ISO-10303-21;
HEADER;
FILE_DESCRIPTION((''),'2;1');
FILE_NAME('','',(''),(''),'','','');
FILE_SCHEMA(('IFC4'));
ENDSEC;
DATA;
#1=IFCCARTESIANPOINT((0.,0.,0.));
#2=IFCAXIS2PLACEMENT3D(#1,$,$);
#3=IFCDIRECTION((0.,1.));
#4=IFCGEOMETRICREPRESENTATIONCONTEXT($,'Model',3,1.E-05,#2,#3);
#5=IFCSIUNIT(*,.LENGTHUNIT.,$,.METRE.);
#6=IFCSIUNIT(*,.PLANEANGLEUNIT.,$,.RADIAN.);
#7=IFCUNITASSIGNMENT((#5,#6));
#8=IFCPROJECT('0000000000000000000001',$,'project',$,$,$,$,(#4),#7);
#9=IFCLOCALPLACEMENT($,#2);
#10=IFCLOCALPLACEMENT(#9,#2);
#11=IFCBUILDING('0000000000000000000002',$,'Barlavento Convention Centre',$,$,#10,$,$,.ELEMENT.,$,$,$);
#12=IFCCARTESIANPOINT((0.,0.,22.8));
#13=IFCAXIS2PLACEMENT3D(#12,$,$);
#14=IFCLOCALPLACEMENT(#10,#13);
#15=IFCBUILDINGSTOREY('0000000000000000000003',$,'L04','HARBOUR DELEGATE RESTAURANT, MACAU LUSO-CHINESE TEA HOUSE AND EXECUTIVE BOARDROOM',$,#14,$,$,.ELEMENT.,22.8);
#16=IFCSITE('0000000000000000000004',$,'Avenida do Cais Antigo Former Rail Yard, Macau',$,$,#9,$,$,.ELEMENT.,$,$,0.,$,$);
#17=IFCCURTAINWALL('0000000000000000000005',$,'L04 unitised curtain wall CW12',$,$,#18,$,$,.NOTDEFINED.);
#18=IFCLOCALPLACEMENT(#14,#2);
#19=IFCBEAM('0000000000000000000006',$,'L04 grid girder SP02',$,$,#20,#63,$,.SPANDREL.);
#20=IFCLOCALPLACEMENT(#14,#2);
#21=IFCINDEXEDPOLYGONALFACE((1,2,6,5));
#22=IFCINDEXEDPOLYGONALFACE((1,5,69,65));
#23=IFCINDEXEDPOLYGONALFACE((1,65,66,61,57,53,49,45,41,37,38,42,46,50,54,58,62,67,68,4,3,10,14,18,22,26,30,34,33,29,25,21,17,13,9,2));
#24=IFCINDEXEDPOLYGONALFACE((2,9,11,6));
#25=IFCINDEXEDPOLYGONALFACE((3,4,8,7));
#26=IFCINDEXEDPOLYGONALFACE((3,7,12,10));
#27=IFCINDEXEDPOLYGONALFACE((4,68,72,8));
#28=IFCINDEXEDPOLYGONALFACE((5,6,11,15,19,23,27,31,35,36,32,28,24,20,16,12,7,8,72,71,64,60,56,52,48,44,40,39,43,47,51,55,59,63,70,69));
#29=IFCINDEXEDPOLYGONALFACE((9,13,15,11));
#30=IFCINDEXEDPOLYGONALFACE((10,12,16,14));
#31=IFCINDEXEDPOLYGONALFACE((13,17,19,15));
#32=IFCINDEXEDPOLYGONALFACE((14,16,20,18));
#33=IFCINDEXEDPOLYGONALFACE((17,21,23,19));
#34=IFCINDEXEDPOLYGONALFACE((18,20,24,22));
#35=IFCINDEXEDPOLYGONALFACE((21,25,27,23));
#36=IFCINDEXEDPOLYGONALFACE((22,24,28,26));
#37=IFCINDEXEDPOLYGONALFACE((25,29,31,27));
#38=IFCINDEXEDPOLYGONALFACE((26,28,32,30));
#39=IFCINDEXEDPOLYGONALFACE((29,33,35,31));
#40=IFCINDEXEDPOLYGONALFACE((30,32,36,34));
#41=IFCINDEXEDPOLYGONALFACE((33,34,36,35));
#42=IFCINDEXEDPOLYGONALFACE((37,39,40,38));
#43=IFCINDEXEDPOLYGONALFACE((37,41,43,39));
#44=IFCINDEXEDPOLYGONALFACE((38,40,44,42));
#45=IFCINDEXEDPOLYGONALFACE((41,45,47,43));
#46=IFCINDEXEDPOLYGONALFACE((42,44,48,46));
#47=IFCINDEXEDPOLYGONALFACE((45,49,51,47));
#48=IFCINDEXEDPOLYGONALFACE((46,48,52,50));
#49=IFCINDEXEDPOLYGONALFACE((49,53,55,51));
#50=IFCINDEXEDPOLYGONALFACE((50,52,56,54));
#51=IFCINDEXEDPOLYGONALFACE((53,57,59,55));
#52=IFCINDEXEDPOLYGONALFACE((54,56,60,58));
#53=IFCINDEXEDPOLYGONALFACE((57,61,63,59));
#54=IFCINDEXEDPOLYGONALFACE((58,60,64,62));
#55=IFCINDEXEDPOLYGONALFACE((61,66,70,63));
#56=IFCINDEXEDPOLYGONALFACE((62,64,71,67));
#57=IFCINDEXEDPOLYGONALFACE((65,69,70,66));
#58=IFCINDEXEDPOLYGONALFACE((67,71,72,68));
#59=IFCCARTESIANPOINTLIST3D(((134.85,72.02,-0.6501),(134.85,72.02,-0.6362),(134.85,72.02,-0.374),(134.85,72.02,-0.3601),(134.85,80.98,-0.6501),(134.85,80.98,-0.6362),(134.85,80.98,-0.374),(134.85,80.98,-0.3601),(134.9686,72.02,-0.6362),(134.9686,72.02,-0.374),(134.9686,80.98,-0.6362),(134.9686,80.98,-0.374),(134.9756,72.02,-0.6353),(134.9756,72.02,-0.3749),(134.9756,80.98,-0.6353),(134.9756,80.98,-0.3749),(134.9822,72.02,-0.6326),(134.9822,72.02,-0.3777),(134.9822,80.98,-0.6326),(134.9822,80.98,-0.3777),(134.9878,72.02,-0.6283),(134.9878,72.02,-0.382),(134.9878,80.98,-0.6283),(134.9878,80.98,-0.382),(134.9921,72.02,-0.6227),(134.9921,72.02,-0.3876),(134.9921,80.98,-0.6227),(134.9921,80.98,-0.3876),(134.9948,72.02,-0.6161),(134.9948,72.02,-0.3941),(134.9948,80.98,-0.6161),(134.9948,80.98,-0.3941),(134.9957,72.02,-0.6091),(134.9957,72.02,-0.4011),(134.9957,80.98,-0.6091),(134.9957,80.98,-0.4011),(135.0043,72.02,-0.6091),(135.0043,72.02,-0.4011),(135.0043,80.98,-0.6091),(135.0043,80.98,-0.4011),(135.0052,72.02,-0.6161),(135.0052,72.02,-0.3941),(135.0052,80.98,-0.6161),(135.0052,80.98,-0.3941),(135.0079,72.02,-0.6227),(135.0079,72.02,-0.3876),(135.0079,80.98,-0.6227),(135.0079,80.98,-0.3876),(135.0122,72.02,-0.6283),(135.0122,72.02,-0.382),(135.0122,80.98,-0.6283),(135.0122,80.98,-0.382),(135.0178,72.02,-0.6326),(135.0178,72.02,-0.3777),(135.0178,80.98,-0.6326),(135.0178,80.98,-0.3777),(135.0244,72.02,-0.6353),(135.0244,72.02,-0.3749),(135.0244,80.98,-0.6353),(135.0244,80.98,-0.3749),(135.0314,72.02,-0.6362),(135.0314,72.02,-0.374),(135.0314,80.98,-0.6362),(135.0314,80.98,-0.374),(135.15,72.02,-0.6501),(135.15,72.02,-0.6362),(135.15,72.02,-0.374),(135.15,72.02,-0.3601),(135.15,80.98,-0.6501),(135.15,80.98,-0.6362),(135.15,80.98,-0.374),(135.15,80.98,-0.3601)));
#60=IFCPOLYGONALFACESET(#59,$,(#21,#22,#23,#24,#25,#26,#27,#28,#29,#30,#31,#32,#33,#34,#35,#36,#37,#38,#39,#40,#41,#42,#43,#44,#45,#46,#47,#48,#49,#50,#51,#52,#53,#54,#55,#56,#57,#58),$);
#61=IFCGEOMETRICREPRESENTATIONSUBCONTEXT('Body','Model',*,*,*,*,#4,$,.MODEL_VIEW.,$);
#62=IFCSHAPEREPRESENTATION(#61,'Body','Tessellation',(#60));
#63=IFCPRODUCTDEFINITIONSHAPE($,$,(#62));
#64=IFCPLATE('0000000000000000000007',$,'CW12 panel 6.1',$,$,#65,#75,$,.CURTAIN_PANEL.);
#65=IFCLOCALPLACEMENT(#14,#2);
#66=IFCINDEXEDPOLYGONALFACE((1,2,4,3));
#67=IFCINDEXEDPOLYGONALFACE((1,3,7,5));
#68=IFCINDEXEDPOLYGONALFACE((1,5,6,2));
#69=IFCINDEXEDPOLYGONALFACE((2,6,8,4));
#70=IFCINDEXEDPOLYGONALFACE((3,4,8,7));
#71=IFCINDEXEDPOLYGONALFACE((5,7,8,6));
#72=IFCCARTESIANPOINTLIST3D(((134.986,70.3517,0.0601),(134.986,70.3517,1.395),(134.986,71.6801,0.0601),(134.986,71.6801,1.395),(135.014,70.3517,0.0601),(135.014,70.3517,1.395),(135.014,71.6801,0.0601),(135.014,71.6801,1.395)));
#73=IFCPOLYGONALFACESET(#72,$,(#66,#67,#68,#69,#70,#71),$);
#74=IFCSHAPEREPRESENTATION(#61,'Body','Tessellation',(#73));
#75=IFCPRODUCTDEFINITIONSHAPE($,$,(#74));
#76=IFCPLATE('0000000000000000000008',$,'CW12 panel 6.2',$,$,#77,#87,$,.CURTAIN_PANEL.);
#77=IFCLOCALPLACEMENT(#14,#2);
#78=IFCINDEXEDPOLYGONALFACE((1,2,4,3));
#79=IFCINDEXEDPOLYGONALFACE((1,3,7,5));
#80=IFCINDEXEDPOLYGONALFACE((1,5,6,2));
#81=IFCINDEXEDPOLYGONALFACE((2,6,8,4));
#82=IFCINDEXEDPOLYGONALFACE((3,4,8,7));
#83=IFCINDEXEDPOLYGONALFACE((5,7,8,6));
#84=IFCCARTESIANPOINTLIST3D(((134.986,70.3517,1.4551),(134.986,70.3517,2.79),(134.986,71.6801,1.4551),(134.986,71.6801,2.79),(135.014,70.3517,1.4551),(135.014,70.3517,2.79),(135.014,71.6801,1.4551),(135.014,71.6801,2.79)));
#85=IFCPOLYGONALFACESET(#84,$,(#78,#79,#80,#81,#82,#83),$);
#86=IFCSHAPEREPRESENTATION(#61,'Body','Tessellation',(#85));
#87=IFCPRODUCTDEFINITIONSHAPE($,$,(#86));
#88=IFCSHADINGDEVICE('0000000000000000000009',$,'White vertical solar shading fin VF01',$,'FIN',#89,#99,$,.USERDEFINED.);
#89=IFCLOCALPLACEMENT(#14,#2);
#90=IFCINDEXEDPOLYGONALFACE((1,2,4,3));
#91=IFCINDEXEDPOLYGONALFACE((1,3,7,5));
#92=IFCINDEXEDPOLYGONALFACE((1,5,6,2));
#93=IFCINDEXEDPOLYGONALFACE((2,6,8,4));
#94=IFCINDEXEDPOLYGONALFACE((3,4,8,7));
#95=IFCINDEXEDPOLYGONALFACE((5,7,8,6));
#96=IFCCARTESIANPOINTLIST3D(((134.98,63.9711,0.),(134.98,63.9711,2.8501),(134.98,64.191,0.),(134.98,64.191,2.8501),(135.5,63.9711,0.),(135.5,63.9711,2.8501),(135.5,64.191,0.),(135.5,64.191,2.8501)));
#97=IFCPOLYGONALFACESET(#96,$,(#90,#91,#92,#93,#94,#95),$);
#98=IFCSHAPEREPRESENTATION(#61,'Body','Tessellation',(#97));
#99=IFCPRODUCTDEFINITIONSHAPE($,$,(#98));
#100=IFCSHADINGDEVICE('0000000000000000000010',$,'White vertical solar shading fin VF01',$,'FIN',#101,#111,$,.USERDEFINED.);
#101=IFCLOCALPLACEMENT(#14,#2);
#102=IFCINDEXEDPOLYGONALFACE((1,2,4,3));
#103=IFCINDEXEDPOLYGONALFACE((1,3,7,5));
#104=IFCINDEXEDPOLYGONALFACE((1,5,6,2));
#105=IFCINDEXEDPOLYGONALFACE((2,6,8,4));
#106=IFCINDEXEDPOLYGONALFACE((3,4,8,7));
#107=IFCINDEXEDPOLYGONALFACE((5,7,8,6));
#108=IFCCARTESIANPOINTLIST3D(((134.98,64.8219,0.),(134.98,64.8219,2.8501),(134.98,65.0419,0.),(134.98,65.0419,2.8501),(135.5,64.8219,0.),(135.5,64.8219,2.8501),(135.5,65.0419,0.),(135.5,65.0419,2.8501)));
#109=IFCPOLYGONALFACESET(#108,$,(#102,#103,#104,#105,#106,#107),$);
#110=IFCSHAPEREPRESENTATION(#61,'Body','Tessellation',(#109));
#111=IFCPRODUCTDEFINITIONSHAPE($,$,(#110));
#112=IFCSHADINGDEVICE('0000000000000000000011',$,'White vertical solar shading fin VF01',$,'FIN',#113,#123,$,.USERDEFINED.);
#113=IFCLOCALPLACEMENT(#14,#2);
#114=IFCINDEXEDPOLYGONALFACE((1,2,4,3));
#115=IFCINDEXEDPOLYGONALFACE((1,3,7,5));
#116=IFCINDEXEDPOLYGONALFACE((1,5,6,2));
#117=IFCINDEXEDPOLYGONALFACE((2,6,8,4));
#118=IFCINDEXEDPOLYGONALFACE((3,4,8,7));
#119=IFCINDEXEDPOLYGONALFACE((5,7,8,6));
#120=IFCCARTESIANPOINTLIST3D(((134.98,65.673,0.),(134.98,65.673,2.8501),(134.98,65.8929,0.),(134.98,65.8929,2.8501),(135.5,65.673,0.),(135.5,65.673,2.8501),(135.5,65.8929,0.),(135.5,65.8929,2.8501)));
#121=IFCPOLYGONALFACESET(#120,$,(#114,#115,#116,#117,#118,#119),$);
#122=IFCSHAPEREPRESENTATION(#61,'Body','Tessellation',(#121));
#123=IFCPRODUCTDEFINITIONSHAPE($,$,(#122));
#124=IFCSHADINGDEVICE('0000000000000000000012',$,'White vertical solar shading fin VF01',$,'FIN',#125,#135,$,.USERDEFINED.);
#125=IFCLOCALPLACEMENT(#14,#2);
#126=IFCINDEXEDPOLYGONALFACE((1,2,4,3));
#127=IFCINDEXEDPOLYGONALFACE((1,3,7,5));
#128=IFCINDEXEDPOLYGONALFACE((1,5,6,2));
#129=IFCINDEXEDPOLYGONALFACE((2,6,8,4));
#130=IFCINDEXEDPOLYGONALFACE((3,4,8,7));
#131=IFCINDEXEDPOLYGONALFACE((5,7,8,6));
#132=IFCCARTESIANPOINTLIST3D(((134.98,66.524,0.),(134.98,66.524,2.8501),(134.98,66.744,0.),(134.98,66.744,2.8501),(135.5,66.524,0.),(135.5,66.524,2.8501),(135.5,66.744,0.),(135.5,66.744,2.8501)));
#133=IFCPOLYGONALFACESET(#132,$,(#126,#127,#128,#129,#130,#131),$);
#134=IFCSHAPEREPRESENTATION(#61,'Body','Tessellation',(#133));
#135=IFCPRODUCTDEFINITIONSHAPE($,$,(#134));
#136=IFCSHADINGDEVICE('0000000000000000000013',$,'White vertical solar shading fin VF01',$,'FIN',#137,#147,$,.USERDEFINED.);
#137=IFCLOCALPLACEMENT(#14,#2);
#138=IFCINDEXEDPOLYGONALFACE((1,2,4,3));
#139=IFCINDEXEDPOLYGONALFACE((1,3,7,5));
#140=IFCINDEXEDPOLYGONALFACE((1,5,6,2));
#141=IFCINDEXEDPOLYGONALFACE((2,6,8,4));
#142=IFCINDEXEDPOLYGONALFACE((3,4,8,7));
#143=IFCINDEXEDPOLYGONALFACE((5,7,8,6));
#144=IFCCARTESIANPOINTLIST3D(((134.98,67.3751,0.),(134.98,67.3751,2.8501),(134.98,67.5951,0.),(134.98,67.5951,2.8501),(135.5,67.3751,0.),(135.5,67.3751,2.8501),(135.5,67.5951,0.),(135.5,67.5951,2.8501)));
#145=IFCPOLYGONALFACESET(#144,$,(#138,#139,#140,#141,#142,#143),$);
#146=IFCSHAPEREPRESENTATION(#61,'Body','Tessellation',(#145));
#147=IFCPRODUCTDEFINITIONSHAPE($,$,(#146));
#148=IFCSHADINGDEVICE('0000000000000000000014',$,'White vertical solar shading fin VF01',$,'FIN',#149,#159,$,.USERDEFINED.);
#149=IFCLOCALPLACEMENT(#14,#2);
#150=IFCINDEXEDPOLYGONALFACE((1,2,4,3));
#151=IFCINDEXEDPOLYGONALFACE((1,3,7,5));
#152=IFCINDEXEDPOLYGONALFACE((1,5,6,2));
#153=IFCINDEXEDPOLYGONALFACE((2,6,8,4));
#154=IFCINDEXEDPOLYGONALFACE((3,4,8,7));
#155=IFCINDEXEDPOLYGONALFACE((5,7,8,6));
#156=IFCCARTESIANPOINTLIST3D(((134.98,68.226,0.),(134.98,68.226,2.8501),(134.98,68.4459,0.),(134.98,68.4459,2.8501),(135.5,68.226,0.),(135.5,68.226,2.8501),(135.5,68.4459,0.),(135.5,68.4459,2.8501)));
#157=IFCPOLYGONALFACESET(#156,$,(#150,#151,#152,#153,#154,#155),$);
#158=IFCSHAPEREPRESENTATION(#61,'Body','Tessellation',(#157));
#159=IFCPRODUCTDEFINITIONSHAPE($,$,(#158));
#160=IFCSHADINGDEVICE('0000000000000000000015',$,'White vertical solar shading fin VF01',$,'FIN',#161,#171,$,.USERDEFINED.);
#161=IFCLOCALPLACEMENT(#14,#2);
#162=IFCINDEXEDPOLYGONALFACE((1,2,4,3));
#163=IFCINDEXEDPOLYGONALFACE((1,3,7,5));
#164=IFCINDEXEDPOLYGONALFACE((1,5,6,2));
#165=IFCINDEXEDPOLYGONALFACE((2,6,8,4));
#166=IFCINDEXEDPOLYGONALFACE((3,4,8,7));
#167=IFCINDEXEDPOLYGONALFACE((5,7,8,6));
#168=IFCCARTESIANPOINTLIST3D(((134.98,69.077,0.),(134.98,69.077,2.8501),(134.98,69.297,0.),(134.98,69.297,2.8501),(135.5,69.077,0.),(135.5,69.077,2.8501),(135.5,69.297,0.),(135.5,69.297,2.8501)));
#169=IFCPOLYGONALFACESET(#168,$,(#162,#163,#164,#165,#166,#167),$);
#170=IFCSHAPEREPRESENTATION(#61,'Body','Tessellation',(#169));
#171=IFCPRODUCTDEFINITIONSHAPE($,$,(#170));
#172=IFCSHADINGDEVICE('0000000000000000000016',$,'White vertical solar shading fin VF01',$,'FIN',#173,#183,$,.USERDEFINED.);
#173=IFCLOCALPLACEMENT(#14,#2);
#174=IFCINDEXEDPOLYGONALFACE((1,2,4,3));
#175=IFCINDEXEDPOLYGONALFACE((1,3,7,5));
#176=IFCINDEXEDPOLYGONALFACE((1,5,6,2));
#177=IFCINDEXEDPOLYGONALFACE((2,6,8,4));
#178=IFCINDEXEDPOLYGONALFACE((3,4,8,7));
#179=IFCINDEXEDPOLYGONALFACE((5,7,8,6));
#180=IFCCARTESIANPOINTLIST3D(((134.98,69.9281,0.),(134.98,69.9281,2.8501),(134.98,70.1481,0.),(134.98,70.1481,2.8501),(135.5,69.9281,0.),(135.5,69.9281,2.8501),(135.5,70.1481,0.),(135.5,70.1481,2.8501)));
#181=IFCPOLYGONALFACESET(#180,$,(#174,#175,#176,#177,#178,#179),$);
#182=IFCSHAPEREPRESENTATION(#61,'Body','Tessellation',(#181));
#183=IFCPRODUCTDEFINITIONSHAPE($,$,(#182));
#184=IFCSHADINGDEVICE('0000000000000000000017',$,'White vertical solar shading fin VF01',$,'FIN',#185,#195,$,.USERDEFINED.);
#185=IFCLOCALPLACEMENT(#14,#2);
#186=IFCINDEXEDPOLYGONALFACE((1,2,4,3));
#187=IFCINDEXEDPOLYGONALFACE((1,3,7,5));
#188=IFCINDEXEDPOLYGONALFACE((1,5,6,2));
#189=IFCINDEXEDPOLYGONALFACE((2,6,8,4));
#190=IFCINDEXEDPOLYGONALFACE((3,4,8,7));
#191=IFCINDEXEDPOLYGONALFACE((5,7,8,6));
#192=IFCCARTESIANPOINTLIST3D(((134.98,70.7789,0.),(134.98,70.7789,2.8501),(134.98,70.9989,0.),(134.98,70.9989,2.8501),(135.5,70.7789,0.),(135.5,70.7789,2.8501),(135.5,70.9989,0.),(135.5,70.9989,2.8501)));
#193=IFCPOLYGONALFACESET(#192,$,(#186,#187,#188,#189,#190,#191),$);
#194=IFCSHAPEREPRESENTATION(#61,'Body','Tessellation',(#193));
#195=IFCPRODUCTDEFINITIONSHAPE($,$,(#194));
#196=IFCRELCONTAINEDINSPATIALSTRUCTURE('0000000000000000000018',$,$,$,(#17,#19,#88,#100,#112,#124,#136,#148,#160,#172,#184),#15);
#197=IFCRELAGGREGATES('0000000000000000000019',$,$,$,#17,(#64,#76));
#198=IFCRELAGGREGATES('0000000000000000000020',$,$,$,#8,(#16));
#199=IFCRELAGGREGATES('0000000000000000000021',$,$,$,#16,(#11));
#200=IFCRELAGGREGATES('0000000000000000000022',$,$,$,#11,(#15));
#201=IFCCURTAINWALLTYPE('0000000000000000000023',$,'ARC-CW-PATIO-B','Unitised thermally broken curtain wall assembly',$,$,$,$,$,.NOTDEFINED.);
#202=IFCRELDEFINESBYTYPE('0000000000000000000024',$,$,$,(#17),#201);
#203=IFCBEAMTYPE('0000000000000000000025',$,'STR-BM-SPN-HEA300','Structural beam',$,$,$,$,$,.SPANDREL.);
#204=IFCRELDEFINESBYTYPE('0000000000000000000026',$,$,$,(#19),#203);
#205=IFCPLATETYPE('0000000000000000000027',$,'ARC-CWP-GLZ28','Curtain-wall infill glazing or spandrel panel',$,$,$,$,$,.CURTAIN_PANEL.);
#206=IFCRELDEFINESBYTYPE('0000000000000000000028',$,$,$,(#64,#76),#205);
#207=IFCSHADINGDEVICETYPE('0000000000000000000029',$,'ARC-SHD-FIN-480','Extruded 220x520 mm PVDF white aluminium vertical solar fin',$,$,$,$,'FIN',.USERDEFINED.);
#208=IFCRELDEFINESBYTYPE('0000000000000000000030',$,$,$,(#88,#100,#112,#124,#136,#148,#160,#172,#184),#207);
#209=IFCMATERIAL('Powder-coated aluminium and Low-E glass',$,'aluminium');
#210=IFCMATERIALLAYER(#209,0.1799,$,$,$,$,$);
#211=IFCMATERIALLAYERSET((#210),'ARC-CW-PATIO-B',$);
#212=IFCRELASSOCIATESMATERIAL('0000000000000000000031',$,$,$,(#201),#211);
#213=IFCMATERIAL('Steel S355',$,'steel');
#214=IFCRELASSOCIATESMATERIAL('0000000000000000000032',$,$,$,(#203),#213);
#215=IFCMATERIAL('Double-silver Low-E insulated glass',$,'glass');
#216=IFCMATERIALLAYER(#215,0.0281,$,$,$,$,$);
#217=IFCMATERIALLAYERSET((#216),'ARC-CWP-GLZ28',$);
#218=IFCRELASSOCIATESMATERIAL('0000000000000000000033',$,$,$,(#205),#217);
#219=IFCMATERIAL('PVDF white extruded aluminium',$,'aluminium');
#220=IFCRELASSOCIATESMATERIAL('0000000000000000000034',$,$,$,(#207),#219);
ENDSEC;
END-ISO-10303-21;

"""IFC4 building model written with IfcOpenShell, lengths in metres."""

from ifc_helpers import new_model, si_unit, direction, frame, origin, origin_2d, place, context, subcontext, project, spatial, rectangle, i_section, extrude, material, layer, layer_set, material_profile, profile_set, type_object, element, aggregate, save


model = new_model("IFC4")

# Units and contexts
model_context = context("Model", 3, precision=1e-05, world=origin(), true_north=direction((0.0, 1.0)))
body_context = subcontext(model_context, "Body", "Model", "MODEL_VIEW")
ifc_project = project(units=[si_unit("LENGTHUNIT", "METRE"), si_unit("PLANEANGLEUNIT", "RADIAN")], contexts=[model_context])

# Site, building, storey
site_placement = place(None, origin())
site = spatial("IfcSite", under=ifc_project, at=site_placement, Name="Avenida do Cais Antigo Former Rail Yard, Macau", CompositionType="ELEMENT", RefElevation=0.0)
building_placement = place(site_placement, origin())
building = spatial("IfcBuilding", under=site, at=building_placement, Name="Barlavento Convention Centre", CompositionType="ELEMENT")
storey_placement = place(building_placement, frame((0.0, 0.0, 22.8)))
storey = spatial("IfcBuildingStorey", under=building, at=storey_placement, Name="L04", Description="HARBOUR DELEGATE RESTAURANT, MACAU LUSO-CHINESE TEA HOUSE AND EXECUTIVE BOARDROOM", CompositionType="ELEMENT", Elevation=22.8)

# Shared definitions
ifc_material_1 = material(Name="Steel S355", Category="steel")

# Curtain wall
ifc_material_2 = material(Name="Powder-coated aluminium and Low-E glass", Category="aluminium")
ifc_layer_1 = layer(ifc_material_2, 0.1799)
ifc_layer_set_1 = layer_set([ifc_layer_1], Name="ARC-CW-PATIO-B")
curtain_wall_type = type_object("IfcCurtainWallType", Name="ARC-CW-PATIO-B", Description="Unitised thermally broken curtain wall assembly", PredefinedType="NOTDEFINED", material=ifc_layer_set_1)
curtain_wall_1_placement = place(storey_placement, origin())
curtain_wall_1 = element("IfcCurtainWall", 1, at=curtain_wall_1_placement, inside=storey, type_object=curtain_wall_type, Name="L04 unitised curtain wall CW12", PredefinedType="NOTDEFINED")

# Beam
ifc_material_profile_1 = material_profile(ifc_material_1, i_section(OverallWidth=0.3, OverallDepth=0.29, WebThickness=0.0085, FlangeThickness=0.0139, FilletRadius=0.0271, at=origin_2d()), Name="HEA 300")
ifc_profile_set_1 = profile_set([ifc_material_profile_1], Name="Steel S355")
beam_type = type_object("IfcBeamType", Name="STR-BM-SPN-HEA300", Description="Structural beam", PredefinedType="SPANDREL", material=ifc_profile_set_1)
beam_placement = place(storey_placement, frame((135.0, 72.02, -0.5051), z_axis=(0.0, 1.0, 0.0), x_axis=(-1.0, 0.0, 0.0)))
element("IfcBeam", 2, at=beam_placement, inside=storey, type_object=beam_type, Name="L04 grid girder SP02", PredefinedType="SPANDREL", context=body_context, shape_type="SweptSolid", body=[
    extrude(i_section(OverallWidth=0.3, OverallDepth=0.29, WebThickness=0.0085, FlangeThickness=0.0139, FilletRadius=0.0271, at=origin_2d()), origin(), (0.0, 0.0, 1.0), 8.96),
])

# Plates
ifc_material_3 = material(Name="Double-silver Low-E insulated glass", Category="glass")
ifc_layer_2 = layer(ifc_material_3, 0.0281)
ifc_layer_set_2 = layer_set([ifc_layer_2], Name="ARC-CWP-GLZ28")
plate_type = type_object("IfcPlateType", Name="ARC-CWP-GLZ28", Description="Curtain-wall infill glazing or spandrel panel", PredefinedType="CURTAIN_PANEL", material=ifc_layer_set_2)
plate_1_placement = place(storey_placement, frame((135.0, 71.0159, 0.0601), z_axis=(0.0, 0.0, 1.0), x_axis=(0.0, 1.0, 0.0)))
plate_1 = element("IfcPlate", 3, at=plate_1_placement, type_object=plate_type, Name="CW12 panel 6.1", PredefinedType="CURTAIN_PANEL", context=body_context, shape_type="SweptSolid", body=[
    extrude(rectangle(XDim=1.3284, YDim=0.0281, at=origin_2d()), origin(), (0.0, 0.0, 1.0), 1.335),
])
plate_2_placement = place(storey_placement, frame((135.0, 71.0159, 1.4551), z_axis=(0.0, 0.0, 1.0), x_axis=(0.0, 1.0, 0.0)))
plate_2 = element("IfcPlate", 4, at=plate_2_placement, type_object=plate_type, Name="CW12 panel 6.2", PredefinedType="CURTAIN_PANEL", context=body_context, shape_type="SweptSolid", body=[
    extrude(rectangle(XDim=1.3284, YDim=0.0281, at=origin_2d()), origin(), (0.0, 0.0, 1.0), 1.335),
])
aggregate(curtain_wall_1, [plate_1, plate_2])

# Shading devices
ifc_material_4 = material(Name="PVDF white extruded aluminium", Category="aluminium")
shading_device_type = type_object("IfcShadingDeviceType", Name="ARC-SHD-FIN-480", Description="Extruded 220x520 mm PVDF white aluminium vertical solar fin", ElementType="FIN", PredefinedType="USERDEFINED", material=ifc_material_4)
for number, where, z_axis, x_axis, name in (
    (5, (135.24, 64.0811, 0.0), (0.0, 0.0, 1.0), (0.0, 1.0, 0.0), "White vertical solar shading fin VF01"),
    (6, (135.24, 64.9319, 0.0), (0.0, 0.0, 1.0), (0.0, 1.0, 0.0), "White vertical solar shading fin VF01"),
    (7, (135.24, 65.783, 0.0), (0.0, 0.0, 1.0), (0.0, 1.0, 0.0), "White vertical solar shading fin VF01"),
    (8, (135.24, 66.634, 0.0), (0.0, 0.0, 1.0), (0.0, 1.0, 0.0), "White vertical solar shading fin VF01"),
    (9, (135.24, 67.4851, 0.0), (0.0, 0.0, 1.0), (0.0, 1.0, 0.0), "White vertical solar shading fin VF01"),
    (10, (135.24, 68.3359, 0.0), (0.0, 0.0, 1.0), (0.0, 1.0, 0.0), "White vertical solar shading fin VF01"),
    (11, (135.24, 69.187, 0.0), (0.0, 0.0, 1.0), (0.0, 1.0, 0.0), "White vertical solar shading fin VF01"),
    (12, (135.24, 70.0381, 0.0), (0.0, 0.0, 1.0), (0.0, 1.0, 0.0), "White vertical solar shading fin VF01"),
    (13, (135.24, 70.8889, 0.0), (0.0, 0.0, 1.0), (0.0, 1.0, 0.0), "White vertical solar shading fin VF01"),
):
    element("IfcShadingDevice", number, at=place(storey_placement, frame(where, z_axis=z_axis, x_axis=x_axis)), inside=storey, type_object=shading_device_type, Name=name, ObjectType="FIN", PredefinedType="USERDEFINED", context=body_context, shape_type="SweptSolid", body=[
        extrude(rectangle(XDim=0.22, YDim=0.52, at=origin_2d()), origin(), (0.0, 0.0, 1.0), 2.8501),
    ])

save(model, "model.ifc")
